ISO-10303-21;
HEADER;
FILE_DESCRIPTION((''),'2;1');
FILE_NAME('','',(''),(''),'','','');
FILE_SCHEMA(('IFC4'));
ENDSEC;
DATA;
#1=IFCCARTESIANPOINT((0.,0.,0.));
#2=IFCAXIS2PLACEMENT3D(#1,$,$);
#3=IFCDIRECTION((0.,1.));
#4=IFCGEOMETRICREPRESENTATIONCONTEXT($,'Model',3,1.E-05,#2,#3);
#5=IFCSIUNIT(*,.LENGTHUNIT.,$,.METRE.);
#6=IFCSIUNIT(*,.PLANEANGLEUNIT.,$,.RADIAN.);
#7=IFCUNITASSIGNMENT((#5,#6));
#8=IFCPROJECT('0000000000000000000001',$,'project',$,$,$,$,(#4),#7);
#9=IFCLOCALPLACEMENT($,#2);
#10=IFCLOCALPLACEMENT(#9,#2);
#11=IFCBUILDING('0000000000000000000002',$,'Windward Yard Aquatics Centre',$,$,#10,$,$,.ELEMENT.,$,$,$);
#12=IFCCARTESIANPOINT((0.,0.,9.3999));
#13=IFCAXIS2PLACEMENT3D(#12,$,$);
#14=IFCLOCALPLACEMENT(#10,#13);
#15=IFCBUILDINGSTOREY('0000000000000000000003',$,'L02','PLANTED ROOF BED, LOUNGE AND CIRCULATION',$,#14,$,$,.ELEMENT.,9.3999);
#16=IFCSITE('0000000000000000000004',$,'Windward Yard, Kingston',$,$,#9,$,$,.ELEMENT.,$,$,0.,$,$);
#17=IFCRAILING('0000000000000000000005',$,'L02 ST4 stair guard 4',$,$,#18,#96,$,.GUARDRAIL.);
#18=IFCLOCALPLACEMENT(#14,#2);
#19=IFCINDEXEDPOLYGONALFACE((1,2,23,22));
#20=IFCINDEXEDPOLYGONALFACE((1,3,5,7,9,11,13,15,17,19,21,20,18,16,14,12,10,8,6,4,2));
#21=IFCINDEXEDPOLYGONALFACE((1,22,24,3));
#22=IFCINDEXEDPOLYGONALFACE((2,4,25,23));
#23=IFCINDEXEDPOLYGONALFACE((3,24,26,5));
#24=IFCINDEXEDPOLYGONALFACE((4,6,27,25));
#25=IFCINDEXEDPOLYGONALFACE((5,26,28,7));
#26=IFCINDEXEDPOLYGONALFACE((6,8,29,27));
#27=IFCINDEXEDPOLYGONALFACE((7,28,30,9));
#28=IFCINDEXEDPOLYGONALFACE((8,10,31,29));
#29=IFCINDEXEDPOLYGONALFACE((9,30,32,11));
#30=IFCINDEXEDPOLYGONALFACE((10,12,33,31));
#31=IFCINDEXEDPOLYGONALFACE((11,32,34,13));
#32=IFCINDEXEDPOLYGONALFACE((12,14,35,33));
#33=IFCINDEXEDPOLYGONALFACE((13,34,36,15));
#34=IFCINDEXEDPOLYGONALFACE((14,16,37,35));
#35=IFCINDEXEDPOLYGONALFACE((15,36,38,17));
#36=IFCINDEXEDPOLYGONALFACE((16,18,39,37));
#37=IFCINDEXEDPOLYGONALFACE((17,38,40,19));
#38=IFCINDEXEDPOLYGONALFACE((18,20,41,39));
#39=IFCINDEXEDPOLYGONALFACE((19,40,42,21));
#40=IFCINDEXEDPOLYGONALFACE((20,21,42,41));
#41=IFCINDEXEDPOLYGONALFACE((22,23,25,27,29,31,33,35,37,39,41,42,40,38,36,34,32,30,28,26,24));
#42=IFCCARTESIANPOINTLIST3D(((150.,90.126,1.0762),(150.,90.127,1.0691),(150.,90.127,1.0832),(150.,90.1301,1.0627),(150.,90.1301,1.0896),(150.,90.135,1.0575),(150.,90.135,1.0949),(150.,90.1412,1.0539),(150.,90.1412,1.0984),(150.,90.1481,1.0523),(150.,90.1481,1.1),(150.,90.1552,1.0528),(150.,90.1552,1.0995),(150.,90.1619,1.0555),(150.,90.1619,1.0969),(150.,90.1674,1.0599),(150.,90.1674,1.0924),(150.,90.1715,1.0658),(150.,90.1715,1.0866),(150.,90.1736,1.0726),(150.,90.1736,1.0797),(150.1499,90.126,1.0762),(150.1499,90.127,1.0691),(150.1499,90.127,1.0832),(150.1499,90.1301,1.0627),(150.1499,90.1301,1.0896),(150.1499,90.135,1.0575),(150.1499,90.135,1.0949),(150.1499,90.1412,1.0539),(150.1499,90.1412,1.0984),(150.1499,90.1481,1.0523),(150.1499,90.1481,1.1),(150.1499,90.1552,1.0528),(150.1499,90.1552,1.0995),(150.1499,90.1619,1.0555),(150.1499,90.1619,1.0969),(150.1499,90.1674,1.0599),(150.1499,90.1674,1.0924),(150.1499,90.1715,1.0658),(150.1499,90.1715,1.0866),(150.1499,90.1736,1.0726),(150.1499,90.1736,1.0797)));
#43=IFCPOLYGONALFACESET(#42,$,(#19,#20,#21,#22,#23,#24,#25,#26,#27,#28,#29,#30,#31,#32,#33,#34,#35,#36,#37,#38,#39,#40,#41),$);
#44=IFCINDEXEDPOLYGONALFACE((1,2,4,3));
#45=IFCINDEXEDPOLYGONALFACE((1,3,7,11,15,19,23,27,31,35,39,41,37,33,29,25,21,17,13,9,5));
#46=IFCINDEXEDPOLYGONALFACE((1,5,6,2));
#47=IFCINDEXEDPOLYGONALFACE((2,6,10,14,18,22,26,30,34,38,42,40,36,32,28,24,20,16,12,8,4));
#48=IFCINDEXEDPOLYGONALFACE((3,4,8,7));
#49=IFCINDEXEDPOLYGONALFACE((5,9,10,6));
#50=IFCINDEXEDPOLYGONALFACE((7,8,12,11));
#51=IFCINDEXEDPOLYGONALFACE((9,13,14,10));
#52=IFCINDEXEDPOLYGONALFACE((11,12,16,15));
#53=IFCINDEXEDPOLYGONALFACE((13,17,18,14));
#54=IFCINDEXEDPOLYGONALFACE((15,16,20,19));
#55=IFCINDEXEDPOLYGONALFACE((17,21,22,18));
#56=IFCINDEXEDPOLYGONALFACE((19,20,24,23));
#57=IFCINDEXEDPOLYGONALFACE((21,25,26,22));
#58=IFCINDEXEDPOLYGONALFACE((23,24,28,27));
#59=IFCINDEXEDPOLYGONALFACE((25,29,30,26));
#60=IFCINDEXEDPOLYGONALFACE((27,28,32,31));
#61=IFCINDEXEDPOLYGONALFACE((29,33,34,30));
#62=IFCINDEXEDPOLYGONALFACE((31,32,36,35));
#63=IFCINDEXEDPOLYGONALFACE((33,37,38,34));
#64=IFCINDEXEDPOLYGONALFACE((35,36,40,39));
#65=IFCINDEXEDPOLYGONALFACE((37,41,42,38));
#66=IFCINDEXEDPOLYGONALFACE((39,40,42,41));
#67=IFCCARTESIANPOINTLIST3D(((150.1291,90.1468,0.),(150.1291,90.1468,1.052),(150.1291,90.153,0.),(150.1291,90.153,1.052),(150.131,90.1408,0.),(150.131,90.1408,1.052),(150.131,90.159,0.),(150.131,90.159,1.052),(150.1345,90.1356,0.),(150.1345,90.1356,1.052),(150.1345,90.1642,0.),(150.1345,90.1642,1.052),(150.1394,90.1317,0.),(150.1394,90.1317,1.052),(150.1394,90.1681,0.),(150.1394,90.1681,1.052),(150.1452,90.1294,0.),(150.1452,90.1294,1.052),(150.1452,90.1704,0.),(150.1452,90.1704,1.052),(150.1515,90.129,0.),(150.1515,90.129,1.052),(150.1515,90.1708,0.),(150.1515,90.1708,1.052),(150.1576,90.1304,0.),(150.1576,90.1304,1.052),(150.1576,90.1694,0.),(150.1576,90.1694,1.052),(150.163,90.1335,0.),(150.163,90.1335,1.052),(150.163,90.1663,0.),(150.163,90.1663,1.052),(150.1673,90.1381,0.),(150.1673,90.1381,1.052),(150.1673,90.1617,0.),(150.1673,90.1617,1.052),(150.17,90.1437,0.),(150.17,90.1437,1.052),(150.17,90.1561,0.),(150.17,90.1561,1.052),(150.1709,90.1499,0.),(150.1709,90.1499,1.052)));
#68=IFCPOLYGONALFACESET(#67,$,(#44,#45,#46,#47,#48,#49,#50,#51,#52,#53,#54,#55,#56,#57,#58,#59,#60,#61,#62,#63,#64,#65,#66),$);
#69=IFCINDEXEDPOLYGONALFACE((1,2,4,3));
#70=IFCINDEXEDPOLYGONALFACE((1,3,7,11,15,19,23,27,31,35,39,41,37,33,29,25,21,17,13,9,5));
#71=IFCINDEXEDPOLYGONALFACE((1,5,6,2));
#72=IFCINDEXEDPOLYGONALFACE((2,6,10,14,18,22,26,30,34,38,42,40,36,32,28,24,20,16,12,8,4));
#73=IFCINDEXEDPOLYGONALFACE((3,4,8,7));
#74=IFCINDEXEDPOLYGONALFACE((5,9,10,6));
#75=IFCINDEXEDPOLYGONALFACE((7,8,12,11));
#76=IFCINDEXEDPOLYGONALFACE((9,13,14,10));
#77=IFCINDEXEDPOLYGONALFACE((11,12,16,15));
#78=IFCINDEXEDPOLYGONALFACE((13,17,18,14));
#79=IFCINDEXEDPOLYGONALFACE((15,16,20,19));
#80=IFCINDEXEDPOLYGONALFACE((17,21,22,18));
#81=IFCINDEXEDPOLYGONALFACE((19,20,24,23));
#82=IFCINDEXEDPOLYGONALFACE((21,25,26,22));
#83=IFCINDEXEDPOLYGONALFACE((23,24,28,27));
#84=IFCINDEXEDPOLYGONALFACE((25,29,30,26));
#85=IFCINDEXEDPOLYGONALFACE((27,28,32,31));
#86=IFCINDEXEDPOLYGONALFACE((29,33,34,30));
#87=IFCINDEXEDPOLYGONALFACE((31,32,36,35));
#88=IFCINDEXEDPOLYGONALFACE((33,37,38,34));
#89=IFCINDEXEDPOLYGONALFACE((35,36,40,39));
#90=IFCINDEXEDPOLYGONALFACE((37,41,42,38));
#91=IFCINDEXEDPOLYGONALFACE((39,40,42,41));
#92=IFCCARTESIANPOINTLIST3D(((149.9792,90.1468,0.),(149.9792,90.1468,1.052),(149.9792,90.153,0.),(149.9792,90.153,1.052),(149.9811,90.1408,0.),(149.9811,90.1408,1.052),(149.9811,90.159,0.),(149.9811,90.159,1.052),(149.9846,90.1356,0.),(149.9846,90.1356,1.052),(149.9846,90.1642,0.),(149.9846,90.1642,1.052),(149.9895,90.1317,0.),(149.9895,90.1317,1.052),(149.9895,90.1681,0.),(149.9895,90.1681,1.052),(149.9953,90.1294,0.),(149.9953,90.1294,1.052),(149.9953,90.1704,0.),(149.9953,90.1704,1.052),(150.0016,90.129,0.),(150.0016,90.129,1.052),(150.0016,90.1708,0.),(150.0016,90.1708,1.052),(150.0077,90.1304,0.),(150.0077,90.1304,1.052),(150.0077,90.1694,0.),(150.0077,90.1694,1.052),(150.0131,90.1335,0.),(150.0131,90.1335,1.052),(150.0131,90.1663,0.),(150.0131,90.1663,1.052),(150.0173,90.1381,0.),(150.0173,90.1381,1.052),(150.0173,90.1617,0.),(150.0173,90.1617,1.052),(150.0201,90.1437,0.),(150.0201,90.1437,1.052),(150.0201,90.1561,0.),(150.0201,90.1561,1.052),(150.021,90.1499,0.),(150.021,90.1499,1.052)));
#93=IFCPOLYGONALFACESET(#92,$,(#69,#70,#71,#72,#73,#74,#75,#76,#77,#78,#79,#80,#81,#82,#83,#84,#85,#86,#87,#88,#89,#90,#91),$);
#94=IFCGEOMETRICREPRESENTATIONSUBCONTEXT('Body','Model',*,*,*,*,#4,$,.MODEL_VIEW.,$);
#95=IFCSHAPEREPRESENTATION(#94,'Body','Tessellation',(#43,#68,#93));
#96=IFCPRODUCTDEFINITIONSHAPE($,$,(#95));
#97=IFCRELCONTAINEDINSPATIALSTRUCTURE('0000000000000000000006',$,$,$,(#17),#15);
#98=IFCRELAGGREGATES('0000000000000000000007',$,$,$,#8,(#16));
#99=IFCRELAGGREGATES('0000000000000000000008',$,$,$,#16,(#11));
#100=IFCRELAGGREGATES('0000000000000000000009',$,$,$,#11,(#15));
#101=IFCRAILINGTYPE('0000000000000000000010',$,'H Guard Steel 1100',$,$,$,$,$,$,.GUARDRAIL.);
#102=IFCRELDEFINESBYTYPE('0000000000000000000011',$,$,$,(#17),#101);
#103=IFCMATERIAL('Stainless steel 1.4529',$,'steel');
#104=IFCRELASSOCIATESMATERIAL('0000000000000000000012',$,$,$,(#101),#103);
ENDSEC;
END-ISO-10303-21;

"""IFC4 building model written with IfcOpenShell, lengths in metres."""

from ifc_helpers import new_model, si_unit, direction, frame, origin, origin_2d, place, context, subcontext, project, spatial, circle, extrude, material, type_object, element, save


model = new_model("IFC4")

# Units and contexts
model_context = context("Model", 3, precision=1e-05, world=origin(), true_north=direction((0.0, 1.0)))
body_context = subcontext(model_context, "Body", "Model", "MODEL_VIEW")
ifc_project = project(units=[si_unit("LENGTHUNIT", "METRE"), si_unit("PLANEANGLEUNIT", "RADIAN")], contexts=[model_context])

# Site, building, storey
site_placement = place(None, origin())
site = spatial("IfcSite", under=ifc_project, at=site_placement, Name="Windward Yard, Kingston", CompositionType="ELEMENT", RefElevation=0.0)
building_placement = place(site_placement, origin())
building = spatial("IfcBuilding", under=site, at=building_placement, Name="Windward Yard Aquatics Centre", CompositionType="ELEMENT")
storey_placement = place(building_placement, frame((0.0, 0.0, 9.3999)))
storey = spatial("IfcBuildingStorey", under=building, at=storey_placement, Name="L02", Description="PLANTED ROOF BED, LOUNGE AND CIRCULATION", CompositionType="ELEMENT", Elevation=9.3999)

# Railing
ifc_material_1 = material(Name="Stainless steel 1.4529", Category="steel")
railing_type_1 = type_object("IfcRailingType", Name="H Guard Steel 1100", PredefinedType="GUARDRAIL", material=ifc_material_1)
railing_1_placement = place(storey_placement, frame((150.1499, 90.1499, 0.0)))
element("IfcRailing", 1, at=railing_1_placement, inside=storey, type_object=railing_type_1, Name="L02 ST4 stair guard 4", PredefinedType="GUARDRAIL", context=body_context, shape_type="SweptSolid", body=[
    extrude(circle(Radius=0.0239, at=origin_2d()), frame((0.0, 0.0, 1.0762), z_axis=(-1.0, 0.0, 0.0), x_axis=(0.0, -1.0, 0.0)), (0.0, 0.0, 1.0), 0.1499),
    extrude(circle(Radius=0.021, at=origin_2d()), origin(), (0.0, 0.0, 1.0), 1.052),
    extrude(circle(Radius=0.021, at=origin_2d()), frame((-0.1499, 0.0, 0.0)), (0.0, 0.0, 1.0), 1.052),
])

save(model, "model.ifc")
